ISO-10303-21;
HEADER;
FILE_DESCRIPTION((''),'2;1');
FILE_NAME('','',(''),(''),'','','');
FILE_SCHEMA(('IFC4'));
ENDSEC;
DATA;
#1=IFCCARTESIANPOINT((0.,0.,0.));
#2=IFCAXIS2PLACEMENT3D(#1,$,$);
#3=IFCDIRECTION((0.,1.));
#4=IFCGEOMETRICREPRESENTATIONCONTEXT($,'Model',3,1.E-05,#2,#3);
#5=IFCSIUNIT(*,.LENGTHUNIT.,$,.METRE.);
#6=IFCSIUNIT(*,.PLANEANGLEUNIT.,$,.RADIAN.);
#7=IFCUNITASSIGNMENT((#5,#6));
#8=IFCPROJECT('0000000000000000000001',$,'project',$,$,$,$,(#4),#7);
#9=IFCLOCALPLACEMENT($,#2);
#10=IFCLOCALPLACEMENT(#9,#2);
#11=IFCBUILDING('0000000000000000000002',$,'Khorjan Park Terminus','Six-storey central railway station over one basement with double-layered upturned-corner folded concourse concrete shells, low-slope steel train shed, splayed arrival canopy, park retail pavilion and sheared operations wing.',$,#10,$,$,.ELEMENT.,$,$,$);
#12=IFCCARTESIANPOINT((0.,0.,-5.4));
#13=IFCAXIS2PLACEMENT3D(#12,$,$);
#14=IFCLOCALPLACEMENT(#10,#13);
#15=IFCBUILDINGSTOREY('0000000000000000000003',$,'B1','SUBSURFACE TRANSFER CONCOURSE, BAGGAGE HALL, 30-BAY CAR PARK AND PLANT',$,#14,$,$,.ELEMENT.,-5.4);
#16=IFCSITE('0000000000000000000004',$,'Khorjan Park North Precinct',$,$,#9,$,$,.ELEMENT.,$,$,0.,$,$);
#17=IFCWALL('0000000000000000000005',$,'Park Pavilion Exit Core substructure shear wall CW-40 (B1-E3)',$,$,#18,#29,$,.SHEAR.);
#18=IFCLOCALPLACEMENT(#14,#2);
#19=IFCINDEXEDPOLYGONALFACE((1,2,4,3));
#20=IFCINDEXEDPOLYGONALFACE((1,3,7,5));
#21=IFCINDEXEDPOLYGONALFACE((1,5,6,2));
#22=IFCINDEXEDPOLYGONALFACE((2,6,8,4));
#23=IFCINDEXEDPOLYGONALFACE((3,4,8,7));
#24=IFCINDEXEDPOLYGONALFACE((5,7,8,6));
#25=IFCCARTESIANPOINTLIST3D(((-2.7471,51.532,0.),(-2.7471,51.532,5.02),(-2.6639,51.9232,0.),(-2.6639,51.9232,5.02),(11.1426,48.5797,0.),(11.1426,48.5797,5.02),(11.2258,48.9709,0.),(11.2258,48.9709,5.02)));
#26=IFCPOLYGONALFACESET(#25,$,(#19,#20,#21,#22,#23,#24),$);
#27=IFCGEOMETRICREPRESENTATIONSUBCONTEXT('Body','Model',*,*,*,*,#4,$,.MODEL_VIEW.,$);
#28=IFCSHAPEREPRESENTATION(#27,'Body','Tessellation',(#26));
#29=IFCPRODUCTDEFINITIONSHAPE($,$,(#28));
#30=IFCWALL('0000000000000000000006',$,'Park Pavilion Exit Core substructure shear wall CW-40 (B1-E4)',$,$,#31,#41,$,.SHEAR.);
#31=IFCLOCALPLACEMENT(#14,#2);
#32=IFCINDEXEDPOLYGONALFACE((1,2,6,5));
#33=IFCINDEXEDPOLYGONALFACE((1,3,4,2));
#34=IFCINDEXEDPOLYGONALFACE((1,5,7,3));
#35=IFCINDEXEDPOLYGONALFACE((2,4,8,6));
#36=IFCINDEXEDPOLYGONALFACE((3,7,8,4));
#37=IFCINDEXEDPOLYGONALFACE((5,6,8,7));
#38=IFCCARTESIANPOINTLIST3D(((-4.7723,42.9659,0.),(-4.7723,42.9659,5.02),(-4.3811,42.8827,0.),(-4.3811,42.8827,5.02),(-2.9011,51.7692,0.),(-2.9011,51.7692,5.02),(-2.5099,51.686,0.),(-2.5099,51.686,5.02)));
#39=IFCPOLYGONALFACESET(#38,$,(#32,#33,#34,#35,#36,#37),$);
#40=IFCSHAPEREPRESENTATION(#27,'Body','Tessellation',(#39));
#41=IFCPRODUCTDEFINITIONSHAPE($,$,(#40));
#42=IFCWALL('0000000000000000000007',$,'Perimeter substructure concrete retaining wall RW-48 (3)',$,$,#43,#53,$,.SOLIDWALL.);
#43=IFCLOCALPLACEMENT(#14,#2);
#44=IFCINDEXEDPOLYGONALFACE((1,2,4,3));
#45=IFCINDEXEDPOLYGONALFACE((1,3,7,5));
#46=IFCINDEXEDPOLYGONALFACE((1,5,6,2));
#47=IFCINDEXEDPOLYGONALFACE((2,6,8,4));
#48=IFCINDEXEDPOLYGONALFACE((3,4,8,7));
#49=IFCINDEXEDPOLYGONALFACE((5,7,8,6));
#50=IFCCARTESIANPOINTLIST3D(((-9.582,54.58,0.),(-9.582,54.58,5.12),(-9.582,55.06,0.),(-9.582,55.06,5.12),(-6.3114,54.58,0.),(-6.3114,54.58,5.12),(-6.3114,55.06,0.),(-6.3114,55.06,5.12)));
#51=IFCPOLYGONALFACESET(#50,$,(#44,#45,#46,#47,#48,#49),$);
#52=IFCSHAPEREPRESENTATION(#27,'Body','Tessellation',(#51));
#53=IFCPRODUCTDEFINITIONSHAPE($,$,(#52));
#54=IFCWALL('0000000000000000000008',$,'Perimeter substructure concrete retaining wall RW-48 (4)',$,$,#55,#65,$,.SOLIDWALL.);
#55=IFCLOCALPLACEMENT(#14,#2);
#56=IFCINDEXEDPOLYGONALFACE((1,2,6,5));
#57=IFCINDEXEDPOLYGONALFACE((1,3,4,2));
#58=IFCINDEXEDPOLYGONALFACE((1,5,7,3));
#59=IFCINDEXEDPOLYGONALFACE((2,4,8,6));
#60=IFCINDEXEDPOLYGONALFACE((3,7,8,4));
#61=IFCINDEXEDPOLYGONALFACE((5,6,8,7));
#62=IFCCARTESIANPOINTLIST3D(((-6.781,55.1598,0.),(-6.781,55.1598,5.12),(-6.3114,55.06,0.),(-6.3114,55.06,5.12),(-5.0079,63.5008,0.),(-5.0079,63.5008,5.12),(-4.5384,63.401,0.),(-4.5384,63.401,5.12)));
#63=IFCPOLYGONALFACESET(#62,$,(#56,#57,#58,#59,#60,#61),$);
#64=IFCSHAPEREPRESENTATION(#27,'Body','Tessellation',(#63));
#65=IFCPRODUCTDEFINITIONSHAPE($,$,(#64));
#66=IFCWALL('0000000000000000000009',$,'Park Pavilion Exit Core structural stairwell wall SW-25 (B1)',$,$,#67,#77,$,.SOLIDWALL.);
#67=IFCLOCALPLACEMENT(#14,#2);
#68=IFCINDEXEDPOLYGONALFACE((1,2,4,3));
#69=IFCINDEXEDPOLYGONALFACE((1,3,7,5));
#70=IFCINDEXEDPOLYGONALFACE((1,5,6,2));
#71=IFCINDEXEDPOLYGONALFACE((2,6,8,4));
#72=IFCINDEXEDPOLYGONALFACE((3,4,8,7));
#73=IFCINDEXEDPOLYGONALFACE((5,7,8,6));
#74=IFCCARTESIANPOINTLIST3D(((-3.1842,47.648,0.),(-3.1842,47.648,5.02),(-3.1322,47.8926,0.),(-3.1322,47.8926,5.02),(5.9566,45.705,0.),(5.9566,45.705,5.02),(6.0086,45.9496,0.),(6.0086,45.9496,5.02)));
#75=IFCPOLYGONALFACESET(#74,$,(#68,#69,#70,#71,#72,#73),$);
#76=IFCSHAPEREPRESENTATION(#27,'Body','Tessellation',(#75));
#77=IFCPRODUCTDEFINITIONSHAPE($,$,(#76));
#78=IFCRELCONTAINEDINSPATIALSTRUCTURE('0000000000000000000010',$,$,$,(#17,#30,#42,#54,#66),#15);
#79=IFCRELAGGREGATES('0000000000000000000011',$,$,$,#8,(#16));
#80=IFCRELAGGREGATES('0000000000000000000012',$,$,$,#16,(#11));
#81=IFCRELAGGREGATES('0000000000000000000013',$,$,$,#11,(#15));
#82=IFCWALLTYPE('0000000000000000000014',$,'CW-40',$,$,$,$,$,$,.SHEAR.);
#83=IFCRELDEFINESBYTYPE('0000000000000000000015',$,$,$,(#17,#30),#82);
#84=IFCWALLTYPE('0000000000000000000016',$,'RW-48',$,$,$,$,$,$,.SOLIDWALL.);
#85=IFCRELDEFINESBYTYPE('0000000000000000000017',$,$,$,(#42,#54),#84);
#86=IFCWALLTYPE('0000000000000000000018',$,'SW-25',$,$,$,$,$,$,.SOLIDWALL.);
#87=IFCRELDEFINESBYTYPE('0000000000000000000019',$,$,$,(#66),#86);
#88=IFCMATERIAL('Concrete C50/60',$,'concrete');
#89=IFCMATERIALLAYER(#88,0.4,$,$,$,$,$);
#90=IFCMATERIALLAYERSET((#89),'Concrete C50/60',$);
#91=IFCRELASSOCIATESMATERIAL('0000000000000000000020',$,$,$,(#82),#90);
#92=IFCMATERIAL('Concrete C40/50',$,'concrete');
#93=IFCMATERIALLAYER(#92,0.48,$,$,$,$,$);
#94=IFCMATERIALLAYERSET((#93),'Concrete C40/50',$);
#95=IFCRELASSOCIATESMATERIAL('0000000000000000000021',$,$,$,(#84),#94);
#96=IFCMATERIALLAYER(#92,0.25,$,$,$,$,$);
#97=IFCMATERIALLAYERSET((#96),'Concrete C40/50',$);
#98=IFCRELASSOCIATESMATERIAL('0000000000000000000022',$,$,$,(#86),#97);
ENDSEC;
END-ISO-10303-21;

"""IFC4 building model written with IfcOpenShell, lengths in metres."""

from ifc_helpers import new_model, si_unit, direction, frame, frame_2d, origin, place, context, subcontext, project, spatial, rectangle, extrude, material, layer, layer_set, type_object, element, save


model = new_model("IFC4")

# Units and contexts
model_context = context("Model", 3, precision=1e-05, world=origin(), true_north=direction((0.0, 1.0)))
body_context = subcontext(model_context, "Body", "Model", "MODEL_VIEW")
ifc_project = project(units=[si_unit("LENGTHUNIT", "METRE"), si_unit("PLANEANGLEUNIT", "RADIAN")], contexts=[model_context])

# Site, building, storey
site_placement = place(None, origin())
site = spatial("IfcSite", under=ifc_project, at=site_placement, Name="Khorjan Park North Precinct", CompositionType="ELEMENT", RefElevation=0.0)
building_placement = place(site_placement, origin())
building = spatial("IfcBuilding", under=site, at=building_placement, Name="Khorjan Park Terminus", Description="Six-storey central railway station over one basement with double-layered upturned-corner folded concourse concrete shells, low-slope steel train shed, splayed arrival canopy, park retail pavilion and sheared operations wing.", CompositionType="ELEMENT")
storey_placement = place(building_placement, frame((0.0, 0.0, -5.4)))
storey = spatial("IfcBuildingStorey", under=building, at=storey_placement, Name="B1", Description="SUBSURFACE TRANSFER CONCOURSE, BAGGAGE HALL, 30-BAY CAR PARK AND PLANT", CompositionType="ELEMENT", Elevation=-5.4)

# Shared definitions
ifc_material_1 = material(Name="Concrete C40/50", Category="concrete")

# Walls
ifc_material_2 = material(Name="Concrete C50/60", Category="concrete")
ifc_layer_1 = layer(ifc_material_2, 0.4)
ifc_layer_set_1 = layer_set([ifc_layer_1], Name="Concrete C50/60")
wall_type_1 = type_object("IfcWallType", Name="CW-40", PredefinedType="SHEAR", material=ifc_layer_set_1)
wall_1_placement = place(storey_placement, frame((11.1842, 48.7753, 0.0), z_axis=(0.0, 0.0, 1.0), x_axis=(-0.978148, 0.207909, 0.0)))
element("IfcWall", 1, at=wall_1_placement, inside=storey, type_object=wall_type_1, Name="Park Pavilion Exit Core substructure shear wall CW-40 (B1-E3)", PredefinedType="SHEAR", context=body_context, shape_type="SweptSolid", body=[
    extrude(rectangle(XDim=14.2, YDim=0.4, at=frame_2d((7.1, 0.0))), origin(), (0.0, 0.0, 1.0), 5.02),
])
wall_2_placement = place(storey_placement, frame((-2.7055, 51.7276, 0.0), z_axis=(0.0, 0.0, 1.0), x_axis=(-0.207912, -0.978148, 0.0)))
element("IfcWall", 2, at=wall_2_placement, inside=storey, type_object=wall_type_1, Name="Park Pavilion Exit Core substructure shear wall CW-40 (B1-E4)", PredefinedType="SHEAR", context=body_context, shape_type="SweptSolid", body=[
    extrude(rectangle(XDim=9.0, YDim=0.4, at=frame_2d((4.5, 0.0))), origin(), (0.0, 0.0, 1.0), 5.02),
])
ifc_layer_2 = layer(ifc_material_1, 0.48)
ifc_layer_set_2 = layer_set([ifc_layer_2], Name="Concrete C40/50")
wall_type_2 = type_object("IfcWallType", Name="RW-48", PredefinedType="SOLIDWALL", material=ifc_layer_set_2)
wall_3_placement = place(storey_placement, frame((-9.582, 54.82, 0.0), z_axis=(0.0, 0.0, 1.0), x_axis=(1.0, 0.0, 0.0)))
element("IfcWall", 3, at=wall_3_placement, inside=storey, type_object=wall_type_2, Name="Perimeter substructure concrete retaining wall RW-48 (3)", PredefinedType="SOLIDWALL", context=body_context, shape_type="SweptSolid", body=[
    extrude(rectangle(XDim=3.2706, YDim=0.48, at=frame_2d((1.6353, 0.0))), origin(), (0.0, 0.0, 1.0), 5.12),
])
wall_4_placement = place(storey_placement, frame((-6.5462, 55.1099, 0.0), z_axis=(0.0, 0.0, 1.0), x_axis=(0.207919, 0.978146, 0.0)))
element("IfcWall", 4, at=wall_4_placement, inside=storey, type_object=wall_type_2, Name="Perimeter substructure concrete retaining wall RW-48 (4)", PredefinedType="SOLIDWALL", context=body_context, shape_type="SweptSolid", body=[
    extrude(rectangle(XDim=8.5274, YDim=0.48, at=frame_2d((4.2637, 0.0))), origin(), (0.0, 0.0, 1.0), 5.12),
])
ifc_layer_3 = layer(ifc_material_1, 0.25)
ifc_layer_set_3 = layer_set([ifc_layer_3], Name="Concrete C40/50")
wall_type_3 = type_object("IfcWallType", Name="SW-25", PredefinedType="SOLIDWALL", material=ifc_layer_set_3)
wall_5_placement = place(storey_placement, frame((-3.1582, 47.7703, 0.0), z_axis=(0.0, 0.0, 1.0), x_axis=(0.978146, -0.207918, 0.0)))
element("IfcWall", 5, at=wall_5_placement, inside=storey, type_object=wall_type_3, Name="Park Pavilion Exit Core structural stairwell wall SW-25 (B1)", PredefinedType="SOLIDWALL", context=body_context, shape_type="SweptSolid", body=[
    extrude(rectangle(XDim=9.345, YDim=0.25, at=frame_2d((4.6725, 0.0))), origin(), (0.0, 0.0, 1.0), 5.02),
])

save(model, "model.ifc")
